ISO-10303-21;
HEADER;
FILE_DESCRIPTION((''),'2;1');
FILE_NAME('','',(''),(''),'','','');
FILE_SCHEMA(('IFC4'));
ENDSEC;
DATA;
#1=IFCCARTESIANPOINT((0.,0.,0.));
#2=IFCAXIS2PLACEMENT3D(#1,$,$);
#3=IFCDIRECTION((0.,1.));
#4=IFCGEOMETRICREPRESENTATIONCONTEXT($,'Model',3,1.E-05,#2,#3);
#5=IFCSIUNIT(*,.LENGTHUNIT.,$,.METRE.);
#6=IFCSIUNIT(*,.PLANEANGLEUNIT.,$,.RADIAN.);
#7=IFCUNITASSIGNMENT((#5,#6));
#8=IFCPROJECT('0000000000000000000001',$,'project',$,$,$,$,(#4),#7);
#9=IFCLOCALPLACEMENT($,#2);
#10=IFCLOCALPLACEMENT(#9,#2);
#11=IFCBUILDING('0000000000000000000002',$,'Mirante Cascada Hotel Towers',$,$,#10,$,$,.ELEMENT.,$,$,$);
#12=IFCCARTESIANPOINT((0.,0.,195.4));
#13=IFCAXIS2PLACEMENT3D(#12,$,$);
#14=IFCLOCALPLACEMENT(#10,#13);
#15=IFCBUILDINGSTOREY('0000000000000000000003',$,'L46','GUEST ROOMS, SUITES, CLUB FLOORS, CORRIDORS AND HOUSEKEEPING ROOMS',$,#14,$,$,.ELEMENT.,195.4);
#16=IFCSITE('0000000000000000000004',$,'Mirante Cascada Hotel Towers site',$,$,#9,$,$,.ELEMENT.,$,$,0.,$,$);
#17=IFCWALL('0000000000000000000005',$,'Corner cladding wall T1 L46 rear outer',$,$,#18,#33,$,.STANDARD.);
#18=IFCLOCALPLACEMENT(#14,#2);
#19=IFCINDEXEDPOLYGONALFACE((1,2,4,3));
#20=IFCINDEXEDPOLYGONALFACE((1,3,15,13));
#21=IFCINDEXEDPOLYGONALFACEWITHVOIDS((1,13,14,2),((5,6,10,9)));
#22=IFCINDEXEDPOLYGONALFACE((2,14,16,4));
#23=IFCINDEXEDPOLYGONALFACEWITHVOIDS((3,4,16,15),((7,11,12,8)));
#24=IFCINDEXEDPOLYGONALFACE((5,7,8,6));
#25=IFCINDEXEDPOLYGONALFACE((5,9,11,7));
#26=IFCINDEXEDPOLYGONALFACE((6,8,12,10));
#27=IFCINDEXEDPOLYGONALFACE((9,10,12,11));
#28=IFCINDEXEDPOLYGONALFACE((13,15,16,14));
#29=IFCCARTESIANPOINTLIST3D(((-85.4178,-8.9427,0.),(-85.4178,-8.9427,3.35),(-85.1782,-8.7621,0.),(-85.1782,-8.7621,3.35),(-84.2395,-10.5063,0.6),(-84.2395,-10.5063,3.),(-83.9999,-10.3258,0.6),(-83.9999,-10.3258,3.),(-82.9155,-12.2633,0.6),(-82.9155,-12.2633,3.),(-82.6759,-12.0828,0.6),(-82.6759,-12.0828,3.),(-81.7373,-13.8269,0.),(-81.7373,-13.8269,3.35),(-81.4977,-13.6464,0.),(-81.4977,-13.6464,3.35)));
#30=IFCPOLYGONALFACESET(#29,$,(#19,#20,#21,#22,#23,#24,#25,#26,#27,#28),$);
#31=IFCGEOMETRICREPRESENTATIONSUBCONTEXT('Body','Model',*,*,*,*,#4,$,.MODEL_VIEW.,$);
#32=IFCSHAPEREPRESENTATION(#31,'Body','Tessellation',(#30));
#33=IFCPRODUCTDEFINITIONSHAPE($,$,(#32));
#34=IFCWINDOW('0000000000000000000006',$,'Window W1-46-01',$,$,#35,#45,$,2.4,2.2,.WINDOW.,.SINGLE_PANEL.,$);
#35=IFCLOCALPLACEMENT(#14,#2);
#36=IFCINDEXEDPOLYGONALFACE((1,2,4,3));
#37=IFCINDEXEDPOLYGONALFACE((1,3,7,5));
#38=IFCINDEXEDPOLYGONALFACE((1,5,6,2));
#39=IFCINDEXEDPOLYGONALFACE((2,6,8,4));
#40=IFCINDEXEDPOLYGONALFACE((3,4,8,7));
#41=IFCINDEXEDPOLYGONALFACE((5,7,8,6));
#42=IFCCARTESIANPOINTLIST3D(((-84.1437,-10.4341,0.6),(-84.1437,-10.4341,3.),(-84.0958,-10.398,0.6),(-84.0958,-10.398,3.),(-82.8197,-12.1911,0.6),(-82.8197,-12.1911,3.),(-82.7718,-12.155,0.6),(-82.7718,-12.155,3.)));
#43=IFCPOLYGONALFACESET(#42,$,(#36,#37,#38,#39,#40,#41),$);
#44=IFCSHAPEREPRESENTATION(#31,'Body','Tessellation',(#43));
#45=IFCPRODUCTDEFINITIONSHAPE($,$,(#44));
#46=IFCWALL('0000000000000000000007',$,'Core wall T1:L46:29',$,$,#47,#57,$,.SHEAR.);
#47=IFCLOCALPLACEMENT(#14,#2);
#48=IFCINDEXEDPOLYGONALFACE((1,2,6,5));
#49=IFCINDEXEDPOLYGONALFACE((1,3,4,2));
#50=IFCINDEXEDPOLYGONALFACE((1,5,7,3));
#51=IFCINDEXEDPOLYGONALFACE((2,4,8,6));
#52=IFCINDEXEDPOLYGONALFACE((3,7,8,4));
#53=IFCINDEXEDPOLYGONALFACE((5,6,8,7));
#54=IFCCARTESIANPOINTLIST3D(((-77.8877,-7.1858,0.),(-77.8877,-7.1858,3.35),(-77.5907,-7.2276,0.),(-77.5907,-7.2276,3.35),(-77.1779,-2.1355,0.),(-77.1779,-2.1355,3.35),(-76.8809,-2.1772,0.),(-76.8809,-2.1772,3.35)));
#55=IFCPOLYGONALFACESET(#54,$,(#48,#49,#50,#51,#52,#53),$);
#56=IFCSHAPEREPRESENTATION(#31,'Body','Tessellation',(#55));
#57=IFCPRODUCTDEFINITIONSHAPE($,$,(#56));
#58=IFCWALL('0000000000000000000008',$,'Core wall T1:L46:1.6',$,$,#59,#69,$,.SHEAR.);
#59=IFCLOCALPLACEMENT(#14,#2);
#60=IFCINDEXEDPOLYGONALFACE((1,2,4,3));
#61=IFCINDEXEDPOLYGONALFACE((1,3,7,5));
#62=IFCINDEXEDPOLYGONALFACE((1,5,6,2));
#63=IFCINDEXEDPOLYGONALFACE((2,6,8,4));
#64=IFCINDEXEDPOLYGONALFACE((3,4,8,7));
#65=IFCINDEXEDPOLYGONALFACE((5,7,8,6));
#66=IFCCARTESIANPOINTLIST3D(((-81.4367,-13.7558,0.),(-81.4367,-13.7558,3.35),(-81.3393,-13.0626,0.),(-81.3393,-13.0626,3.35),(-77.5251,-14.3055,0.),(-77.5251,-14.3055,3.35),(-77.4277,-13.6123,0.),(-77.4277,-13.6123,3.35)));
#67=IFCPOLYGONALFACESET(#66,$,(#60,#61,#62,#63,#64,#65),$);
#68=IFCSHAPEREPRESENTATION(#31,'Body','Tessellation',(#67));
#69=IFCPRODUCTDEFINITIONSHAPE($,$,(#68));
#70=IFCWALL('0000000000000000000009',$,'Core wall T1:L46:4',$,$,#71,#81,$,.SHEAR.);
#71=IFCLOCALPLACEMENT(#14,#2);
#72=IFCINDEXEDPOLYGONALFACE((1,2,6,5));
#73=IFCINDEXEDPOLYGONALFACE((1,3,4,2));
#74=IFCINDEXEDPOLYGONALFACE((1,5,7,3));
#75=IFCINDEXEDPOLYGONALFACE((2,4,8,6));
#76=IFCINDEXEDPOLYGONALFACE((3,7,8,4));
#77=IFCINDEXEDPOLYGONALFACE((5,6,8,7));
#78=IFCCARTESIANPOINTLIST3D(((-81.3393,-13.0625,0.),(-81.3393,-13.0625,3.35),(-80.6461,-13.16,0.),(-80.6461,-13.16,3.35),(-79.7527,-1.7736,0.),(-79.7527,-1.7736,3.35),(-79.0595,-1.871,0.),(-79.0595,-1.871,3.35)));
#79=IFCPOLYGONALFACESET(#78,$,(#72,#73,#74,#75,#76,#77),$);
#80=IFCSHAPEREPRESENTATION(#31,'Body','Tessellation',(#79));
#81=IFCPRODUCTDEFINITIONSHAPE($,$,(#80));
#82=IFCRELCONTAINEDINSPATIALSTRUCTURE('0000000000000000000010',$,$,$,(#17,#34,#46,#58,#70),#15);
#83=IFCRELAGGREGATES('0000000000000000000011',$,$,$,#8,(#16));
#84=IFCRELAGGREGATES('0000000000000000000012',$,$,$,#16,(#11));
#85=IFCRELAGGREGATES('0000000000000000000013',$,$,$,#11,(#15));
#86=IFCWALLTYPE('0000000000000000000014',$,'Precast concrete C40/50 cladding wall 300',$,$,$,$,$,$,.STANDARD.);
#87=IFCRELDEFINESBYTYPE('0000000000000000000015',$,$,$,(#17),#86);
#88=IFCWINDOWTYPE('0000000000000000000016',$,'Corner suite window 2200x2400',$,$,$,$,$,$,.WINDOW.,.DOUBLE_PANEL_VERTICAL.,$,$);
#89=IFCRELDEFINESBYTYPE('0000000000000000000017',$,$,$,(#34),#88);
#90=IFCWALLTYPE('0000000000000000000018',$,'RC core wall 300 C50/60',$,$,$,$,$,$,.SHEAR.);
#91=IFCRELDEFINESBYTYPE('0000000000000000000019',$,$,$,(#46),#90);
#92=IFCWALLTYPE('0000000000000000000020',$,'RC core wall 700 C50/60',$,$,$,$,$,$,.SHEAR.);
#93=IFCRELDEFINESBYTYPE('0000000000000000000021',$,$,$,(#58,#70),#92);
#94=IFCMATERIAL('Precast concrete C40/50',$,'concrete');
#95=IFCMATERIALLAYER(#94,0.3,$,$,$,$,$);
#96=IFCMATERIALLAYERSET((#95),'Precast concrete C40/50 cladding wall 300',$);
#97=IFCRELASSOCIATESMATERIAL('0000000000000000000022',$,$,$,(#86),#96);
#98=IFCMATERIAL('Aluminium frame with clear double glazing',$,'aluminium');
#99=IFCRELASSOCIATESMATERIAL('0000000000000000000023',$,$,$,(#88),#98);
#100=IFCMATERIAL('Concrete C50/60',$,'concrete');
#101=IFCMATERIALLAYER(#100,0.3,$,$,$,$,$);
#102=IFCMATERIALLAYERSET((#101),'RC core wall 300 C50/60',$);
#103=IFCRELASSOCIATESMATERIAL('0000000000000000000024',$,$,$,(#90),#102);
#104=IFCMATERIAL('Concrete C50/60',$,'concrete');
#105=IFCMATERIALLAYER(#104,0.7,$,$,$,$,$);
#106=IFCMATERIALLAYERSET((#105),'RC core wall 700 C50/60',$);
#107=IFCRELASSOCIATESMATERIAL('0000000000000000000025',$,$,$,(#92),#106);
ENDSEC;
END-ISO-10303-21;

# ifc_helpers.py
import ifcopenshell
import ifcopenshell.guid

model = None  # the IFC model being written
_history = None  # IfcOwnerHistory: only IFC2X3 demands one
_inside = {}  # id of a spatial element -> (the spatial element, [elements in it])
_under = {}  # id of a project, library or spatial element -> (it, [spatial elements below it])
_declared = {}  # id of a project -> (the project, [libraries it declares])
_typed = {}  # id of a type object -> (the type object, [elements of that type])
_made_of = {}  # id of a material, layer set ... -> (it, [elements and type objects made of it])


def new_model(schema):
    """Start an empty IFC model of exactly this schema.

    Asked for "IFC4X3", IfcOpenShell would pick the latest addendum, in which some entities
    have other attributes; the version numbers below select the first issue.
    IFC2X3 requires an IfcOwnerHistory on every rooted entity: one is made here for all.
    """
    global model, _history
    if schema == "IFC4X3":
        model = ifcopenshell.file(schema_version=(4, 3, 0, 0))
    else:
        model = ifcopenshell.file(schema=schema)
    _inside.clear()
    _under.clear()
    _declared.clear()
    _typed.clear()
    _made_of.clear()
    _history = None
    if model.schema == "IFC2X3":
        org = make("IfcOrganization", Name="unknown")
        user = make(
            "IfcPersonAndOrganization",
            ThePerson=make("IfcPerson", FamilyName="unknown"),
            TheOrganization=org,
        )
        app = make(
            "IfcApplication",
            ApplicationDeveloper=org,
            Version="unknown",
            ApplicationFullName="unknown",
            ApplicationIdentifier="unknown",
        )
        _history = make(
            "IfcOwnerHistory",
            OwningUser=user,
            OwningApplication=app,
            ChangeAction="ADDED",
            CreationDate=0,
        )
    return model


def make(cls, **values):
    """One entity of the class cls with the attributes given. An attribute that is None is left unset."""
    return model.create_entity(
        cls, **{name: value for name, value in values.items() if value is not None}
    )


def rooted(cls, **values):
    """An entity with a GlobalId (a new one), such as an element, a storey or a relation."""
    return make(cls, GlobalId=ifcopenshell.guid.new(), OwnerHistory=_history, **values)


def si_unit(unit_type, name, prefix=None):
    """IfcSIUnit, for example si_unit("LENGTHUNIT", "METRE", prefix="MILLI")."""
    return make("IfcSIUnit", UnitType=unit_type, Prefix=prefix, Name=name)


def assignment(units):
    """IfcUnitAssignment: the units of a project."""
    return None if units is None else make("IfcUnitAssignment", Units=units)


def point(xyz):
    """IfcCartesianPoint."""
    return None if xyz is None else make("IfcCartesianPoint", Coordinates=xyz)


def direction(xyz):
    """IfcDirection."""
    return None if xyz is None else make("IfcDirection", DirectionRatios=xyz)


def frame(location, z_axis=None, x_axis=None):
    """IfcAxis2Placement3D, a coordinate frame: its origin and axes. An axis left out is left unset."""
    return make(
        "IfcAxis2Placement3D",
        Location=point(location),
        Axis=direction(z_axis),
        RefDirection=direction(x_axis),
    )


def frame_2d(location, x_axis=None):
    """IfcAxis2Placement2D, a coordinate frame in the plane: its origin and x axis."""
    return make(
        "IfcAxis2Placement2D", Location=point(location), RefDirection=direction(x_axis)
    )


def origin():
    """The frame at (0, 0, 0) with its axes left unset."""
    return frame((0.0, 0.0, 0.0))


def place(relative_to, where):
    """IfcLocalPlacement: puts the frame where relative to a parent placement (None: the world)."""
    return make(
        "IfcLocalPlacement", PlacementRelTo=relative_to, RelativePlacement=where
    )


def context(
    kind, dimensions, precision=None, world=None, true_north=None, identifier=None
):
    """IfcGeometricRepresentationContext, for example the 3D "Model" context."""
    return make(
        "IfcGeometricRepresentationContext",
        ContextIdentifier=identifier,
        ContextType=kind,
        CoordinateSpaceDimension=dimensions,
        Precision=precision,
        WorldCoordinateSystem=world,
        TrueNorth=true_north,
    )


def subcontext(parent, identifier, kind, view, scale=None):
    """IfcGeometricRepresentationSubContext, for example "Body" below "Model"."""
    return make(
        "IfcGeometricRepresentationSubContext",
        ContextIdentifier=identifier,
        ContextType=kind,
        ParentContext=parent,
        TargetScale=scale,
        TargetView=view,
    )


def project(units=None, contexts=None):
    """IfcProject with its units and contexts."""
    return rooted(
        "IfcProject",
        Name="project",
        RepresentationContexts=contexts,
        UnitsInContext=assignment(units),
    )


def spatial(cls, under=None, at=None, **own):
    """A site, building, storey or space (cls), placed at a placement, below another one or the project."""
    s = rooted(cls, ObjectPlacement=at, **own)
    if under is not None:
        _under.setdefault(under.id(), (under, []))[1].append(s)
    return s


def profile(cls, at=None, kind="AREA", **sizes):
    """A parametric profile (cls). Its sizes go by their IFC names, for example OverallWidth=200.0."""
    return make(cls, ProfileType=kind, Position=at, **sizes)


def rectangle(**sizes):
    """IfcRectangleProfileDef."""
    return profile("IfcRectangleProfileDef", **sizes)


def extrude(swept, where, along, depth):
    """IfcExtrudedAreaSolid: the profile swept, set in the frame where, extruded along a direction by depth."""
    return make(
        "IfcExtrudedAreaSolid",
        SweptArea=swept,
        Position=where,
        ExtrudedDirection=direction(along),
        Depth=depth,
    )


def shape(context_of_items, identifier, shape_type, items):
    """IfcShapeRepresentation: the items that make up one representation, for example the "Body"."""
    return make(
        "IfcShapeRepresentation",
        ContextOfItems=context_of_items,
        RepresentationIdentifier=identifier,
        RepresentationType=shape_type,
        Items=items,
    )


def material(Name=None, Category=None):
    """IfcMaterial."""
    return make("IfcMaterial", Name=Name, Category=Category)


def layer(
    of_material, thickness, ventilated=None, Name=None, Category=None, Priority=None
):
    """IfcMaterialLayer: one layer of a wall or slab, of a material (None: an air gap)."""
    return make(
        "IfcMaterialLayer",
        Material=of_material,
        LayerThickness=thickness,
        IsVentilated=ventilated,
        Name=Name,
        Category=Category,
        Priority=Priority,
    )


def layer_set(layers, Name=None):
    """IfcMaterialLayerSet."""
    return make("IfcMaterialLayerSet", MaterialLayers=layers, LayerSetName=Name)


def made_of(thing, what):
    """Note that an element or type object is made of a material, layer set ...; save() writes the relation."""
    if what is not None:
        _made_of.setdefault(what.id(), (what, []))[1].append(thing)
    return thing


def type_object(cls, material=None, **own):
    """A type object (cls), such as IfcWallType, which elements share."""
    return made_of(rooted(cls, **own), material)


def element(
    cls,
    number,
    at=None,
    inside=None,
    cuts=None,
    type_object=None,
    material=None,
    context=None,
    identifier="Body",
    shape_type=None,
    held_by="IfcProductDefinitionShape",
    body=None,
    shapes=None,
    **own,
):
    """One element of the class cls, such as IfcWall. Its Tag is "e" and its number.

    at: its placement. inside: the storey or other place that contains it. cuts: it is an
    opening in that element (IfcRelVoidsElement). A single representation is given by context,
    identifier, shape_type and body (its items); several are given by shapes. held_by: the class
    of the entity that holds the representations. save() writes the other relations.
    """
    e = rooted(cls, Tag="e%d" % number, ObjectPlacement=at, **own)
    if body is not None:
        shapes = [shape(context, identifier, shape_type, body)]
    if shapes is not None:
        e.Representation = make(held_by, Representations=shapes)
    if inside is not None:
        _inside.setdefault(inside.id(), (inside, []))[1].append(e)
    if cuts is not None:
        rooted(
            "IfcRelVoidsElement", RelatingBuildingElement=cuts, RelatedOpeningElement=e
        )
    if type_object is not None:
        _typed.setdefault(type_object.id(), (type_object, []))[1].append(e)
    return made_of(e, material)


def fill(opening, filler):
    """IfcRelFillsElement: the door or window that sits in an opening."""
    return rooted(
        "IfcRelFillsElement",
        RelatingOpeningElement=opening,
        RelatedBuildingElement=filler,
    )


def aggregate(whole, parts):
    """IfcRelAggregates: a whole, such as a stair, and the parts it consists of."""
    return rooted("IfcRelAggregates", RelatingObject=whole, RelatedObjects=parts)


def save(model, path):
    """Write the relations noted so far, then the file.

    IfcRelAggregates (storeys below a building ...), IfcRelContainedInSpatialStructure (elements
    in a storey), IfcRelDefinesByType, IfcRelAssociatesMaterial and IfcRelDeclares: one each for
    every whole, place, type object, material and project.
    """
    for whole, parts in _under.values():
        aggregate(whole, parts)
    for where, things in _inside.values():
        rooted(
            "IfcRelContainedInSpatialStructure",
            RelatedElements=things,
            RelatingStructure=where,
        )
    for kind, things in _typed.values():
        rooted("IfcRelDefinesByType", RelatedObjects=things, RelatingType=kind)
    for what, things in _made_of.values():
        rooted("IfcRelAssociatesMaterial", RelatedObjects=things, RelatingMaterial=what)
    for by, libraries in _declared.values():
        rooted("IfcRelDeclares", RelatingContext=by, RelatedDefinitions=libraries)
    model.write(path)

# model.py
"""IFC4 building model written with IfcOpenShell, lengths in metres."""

from ifc_helpers import new_model, si_unit, direction, frame, frame_2d, origin, place, context, subcontext, project, spatial, rectangle, extrude, material, layer, layer_set, type_object, element, fill, save


model = new_model("IFC4")

# Units and contexts
model_context = context("Model", 3, precision=1e-05, world=origin(), true_north=direction((0.0, 1.0)))
body_context = subcontext(model_context, "Body", "Model", "MODEL_VIEW")
ifc_project = project(units=[si_unit("LENGTHUNIT", "METRE"), si_unit("PLANEANGLEUNIT", "RADIAN")], contexts=[model_context])

# Site, building, storey
site_placement = place(None, origin())
site = spatial("IfcSite", under=ifc_project, at=site_placement, Name="Mirante Cascada Hotel Towers site", CompositionType="ELEMENT", RefElevation=0.0)
building_placement = place(site_placement, origin())
building = spatial("IfcBuilding", under=site, at=building_placement, Name="Mirante Cascada Hotel Towers", CompositionType="ELEMENT")
storey_placement = place(building_placement, frame((0.0, 0.0, 195.4)))
storey = spatial("IfcBuildingStorey", under=building, at=storey_placement, Name="L46", Description="GUEST ROOMS, SUITES, CLUB FLOORS, CORRIDORS AND HOUSEKEEPING ROOMS", CompositionType="ELEMENT", Elevation=195.4)

# Wall, opening, window
ifc_material_1 = material(Name="Precast concrete C40/50", Category="concrete")
ifc_layer_1 = layer(ifc_material_1, 0.3)
ifc_layer_set_1 = layer_set([ifc_layer_1], Name="Precast concrete C40/50 cladding wall 300")
wall_type_1 = type_object("IfcWallType", Name="Precast concrete C40/50 cladding wall 300", PredefinedType="STANDARD", material=ifc_layer_set_1)
wall_1_placement = place(storey_placement, frame((-81.6175, -13.7366, 0.0), z_axis=(0.0, 0.0, 1.0), x_axis=(-0.601814, 0.798636, 0.0)))
wall_1 = element("IfcWall", 1, at=wall_1_placement, inside=storey, type_object=wall_type_1, Name="Corner cladding wall T1 L46 rear outer", PredefinedType="STANDARD", context=body_context, shape_type="SweptSolid", body=[
    extrude(rectangle(XDim=6.1157, YDim=0.3, at=frame_2d((3.0578, 0.0))), origin(), (0.0, 0.0, 1.0), 3.35),
])
opening_1_placement = place(wall_1_placement, frame((1.9578, 0.0, 0.6)))
opening_1 = element("IfcOpeningElement", 2, at=opening_1_placement, cuts=wall_1, PredefinedType="OPENING", context=body_context, shape_type="SweptSolid", body=[
    extrude(rectangle(XDim=2.2, YDim=2.4, at=frame_2d((1.1, 1.2))), frame((0.0, 0.15, 0.0), z_axis=(0.0, -1.0, 0.0), x_axis=(1.0, 0.0, 0.0)), (0.0, 0.0, 1.0), 0.3),
])
ifc_material_2 = material(Name="Aluminium frame with clear double glazing", Category="aluminium")
window_type = type_object("IfcWindowType", Name="Corner suite window 2200x2400", PartitioningType="DOUBLE_PANEL_VERTICAL", PredefinedType="WINDOW", material=ifc_material_2)
window_placement = place(opening_1_placement, origin())
window = element("IfcWindow", 3, at=window_placement, inside=storey, type_object=window_type, Name="Window W1-46-01", OverallHeight=2.4, OverallWidth=2.2, PartitioningType="SINGLE_PANEL", PredefinedType="WINDOW", context=body_context, shape_type="SweptSolid", body=[
    extrude(rectangle(XDim=2.2, YDim=2.4, at=frame_2d((1.1, 1.2))), frame((0.0, 0.03, 0.0), z_axis=(0.0, -1.0, 0.0), x_axis=(1.0, 0.0, 0.0)), (0.0, 0.0, 1.0), 0.06),
])
fill(opening_1, window)

# Walls
ifc_material_3 = material(Name="Concrete C50/60", Category="concrete")
ifc_layer_2 = layer(ifc_material_3, 0.3)
ifc_layer_set_2 = layer_set([ifc_layer_2], Name="RC core wall 300 C50/60")
wall_type_2 = type_object("IfcWallType", Name="RC core wall 300 C50/60", PredefinedType="SHEAR", material=ifc_layer_set_2)
wall_2_placement = place(storey_placement, frame((-77.7392, -7.2067, 0.0), z_axis=(0.0, 0.0, 1.0), x_axis=(0.139176, 0.990268, 0.0)))
element("IfcWall", 4, at=wall_2_placement, inside=storey, type_object=wall_type_2, Name="Core wall T1:L46:29", PredefinedType="SHEAR", context=body_context, shape_type="SweptSolid", body=[
    extrude(rectangle(XDim=5.1, YDim=0.3, at=frame_2d((2.55, 0.0))), origin(), (0.0, 0.0, 1.0), 3.35),
])
ifc_material_4 = material(Name="Concrete C50/60", Category="concrete")
ifc_layer_3 = layer(ifc_material_4, 0.7)
ifc_layer_set_3 = layer_set([ifc_layer_3], Name="RC core wall 700 C50/60")
wall_type_3 = type_object("IfcWallType", Name="RC core wall 700 C50/60", PredefinedType="SHEAR", material=ifc_layer_set_3)
wall_3_placement = place(storey_placement, frame((-77.4764, -13.9589, 0.0), z_axis=(0.0, 0.0, 1.0), x_axis=(-0.990269, 0.139163, 0.0)))
element("IfcWall", 5, at=wall_3_placement, inside=storey, type_object=wall_type_3, Name="Core wall T1:L46:1.6", PredefinedType="SHEAR", context=body_context, shape_type="SweptSolid", body=[
    extrude(rectangle(XDim=3.95, YDim=0.7, at=frame_2d((1.975, 0.0))), origin(), (0.0, 0.0, 1.0), 3.35),
])
wall_4_placement = place(storey_placement, frame((-80.9927, -13.1113, 0.0), z_axis=(0.0, 0.0, 1.0), x_axis=(0.139176, 0.990268, 0.0)))
element("IfcWall", 6, at=wall_4_placement, inside=storey, type_object=wall_type_3, Name="Core wall T1:L46:4", PredefinedType="SHEAR", context=body_context, shape_type="SweptSolid", body=[
    extrude(rectangle(XDim=11.3999, YDim=0.7, at=frame_2d((5.7, 0.0))), origin(), (0.0, 0.0, 1.0), 3.35),
])

save(model, "model.ifc")
